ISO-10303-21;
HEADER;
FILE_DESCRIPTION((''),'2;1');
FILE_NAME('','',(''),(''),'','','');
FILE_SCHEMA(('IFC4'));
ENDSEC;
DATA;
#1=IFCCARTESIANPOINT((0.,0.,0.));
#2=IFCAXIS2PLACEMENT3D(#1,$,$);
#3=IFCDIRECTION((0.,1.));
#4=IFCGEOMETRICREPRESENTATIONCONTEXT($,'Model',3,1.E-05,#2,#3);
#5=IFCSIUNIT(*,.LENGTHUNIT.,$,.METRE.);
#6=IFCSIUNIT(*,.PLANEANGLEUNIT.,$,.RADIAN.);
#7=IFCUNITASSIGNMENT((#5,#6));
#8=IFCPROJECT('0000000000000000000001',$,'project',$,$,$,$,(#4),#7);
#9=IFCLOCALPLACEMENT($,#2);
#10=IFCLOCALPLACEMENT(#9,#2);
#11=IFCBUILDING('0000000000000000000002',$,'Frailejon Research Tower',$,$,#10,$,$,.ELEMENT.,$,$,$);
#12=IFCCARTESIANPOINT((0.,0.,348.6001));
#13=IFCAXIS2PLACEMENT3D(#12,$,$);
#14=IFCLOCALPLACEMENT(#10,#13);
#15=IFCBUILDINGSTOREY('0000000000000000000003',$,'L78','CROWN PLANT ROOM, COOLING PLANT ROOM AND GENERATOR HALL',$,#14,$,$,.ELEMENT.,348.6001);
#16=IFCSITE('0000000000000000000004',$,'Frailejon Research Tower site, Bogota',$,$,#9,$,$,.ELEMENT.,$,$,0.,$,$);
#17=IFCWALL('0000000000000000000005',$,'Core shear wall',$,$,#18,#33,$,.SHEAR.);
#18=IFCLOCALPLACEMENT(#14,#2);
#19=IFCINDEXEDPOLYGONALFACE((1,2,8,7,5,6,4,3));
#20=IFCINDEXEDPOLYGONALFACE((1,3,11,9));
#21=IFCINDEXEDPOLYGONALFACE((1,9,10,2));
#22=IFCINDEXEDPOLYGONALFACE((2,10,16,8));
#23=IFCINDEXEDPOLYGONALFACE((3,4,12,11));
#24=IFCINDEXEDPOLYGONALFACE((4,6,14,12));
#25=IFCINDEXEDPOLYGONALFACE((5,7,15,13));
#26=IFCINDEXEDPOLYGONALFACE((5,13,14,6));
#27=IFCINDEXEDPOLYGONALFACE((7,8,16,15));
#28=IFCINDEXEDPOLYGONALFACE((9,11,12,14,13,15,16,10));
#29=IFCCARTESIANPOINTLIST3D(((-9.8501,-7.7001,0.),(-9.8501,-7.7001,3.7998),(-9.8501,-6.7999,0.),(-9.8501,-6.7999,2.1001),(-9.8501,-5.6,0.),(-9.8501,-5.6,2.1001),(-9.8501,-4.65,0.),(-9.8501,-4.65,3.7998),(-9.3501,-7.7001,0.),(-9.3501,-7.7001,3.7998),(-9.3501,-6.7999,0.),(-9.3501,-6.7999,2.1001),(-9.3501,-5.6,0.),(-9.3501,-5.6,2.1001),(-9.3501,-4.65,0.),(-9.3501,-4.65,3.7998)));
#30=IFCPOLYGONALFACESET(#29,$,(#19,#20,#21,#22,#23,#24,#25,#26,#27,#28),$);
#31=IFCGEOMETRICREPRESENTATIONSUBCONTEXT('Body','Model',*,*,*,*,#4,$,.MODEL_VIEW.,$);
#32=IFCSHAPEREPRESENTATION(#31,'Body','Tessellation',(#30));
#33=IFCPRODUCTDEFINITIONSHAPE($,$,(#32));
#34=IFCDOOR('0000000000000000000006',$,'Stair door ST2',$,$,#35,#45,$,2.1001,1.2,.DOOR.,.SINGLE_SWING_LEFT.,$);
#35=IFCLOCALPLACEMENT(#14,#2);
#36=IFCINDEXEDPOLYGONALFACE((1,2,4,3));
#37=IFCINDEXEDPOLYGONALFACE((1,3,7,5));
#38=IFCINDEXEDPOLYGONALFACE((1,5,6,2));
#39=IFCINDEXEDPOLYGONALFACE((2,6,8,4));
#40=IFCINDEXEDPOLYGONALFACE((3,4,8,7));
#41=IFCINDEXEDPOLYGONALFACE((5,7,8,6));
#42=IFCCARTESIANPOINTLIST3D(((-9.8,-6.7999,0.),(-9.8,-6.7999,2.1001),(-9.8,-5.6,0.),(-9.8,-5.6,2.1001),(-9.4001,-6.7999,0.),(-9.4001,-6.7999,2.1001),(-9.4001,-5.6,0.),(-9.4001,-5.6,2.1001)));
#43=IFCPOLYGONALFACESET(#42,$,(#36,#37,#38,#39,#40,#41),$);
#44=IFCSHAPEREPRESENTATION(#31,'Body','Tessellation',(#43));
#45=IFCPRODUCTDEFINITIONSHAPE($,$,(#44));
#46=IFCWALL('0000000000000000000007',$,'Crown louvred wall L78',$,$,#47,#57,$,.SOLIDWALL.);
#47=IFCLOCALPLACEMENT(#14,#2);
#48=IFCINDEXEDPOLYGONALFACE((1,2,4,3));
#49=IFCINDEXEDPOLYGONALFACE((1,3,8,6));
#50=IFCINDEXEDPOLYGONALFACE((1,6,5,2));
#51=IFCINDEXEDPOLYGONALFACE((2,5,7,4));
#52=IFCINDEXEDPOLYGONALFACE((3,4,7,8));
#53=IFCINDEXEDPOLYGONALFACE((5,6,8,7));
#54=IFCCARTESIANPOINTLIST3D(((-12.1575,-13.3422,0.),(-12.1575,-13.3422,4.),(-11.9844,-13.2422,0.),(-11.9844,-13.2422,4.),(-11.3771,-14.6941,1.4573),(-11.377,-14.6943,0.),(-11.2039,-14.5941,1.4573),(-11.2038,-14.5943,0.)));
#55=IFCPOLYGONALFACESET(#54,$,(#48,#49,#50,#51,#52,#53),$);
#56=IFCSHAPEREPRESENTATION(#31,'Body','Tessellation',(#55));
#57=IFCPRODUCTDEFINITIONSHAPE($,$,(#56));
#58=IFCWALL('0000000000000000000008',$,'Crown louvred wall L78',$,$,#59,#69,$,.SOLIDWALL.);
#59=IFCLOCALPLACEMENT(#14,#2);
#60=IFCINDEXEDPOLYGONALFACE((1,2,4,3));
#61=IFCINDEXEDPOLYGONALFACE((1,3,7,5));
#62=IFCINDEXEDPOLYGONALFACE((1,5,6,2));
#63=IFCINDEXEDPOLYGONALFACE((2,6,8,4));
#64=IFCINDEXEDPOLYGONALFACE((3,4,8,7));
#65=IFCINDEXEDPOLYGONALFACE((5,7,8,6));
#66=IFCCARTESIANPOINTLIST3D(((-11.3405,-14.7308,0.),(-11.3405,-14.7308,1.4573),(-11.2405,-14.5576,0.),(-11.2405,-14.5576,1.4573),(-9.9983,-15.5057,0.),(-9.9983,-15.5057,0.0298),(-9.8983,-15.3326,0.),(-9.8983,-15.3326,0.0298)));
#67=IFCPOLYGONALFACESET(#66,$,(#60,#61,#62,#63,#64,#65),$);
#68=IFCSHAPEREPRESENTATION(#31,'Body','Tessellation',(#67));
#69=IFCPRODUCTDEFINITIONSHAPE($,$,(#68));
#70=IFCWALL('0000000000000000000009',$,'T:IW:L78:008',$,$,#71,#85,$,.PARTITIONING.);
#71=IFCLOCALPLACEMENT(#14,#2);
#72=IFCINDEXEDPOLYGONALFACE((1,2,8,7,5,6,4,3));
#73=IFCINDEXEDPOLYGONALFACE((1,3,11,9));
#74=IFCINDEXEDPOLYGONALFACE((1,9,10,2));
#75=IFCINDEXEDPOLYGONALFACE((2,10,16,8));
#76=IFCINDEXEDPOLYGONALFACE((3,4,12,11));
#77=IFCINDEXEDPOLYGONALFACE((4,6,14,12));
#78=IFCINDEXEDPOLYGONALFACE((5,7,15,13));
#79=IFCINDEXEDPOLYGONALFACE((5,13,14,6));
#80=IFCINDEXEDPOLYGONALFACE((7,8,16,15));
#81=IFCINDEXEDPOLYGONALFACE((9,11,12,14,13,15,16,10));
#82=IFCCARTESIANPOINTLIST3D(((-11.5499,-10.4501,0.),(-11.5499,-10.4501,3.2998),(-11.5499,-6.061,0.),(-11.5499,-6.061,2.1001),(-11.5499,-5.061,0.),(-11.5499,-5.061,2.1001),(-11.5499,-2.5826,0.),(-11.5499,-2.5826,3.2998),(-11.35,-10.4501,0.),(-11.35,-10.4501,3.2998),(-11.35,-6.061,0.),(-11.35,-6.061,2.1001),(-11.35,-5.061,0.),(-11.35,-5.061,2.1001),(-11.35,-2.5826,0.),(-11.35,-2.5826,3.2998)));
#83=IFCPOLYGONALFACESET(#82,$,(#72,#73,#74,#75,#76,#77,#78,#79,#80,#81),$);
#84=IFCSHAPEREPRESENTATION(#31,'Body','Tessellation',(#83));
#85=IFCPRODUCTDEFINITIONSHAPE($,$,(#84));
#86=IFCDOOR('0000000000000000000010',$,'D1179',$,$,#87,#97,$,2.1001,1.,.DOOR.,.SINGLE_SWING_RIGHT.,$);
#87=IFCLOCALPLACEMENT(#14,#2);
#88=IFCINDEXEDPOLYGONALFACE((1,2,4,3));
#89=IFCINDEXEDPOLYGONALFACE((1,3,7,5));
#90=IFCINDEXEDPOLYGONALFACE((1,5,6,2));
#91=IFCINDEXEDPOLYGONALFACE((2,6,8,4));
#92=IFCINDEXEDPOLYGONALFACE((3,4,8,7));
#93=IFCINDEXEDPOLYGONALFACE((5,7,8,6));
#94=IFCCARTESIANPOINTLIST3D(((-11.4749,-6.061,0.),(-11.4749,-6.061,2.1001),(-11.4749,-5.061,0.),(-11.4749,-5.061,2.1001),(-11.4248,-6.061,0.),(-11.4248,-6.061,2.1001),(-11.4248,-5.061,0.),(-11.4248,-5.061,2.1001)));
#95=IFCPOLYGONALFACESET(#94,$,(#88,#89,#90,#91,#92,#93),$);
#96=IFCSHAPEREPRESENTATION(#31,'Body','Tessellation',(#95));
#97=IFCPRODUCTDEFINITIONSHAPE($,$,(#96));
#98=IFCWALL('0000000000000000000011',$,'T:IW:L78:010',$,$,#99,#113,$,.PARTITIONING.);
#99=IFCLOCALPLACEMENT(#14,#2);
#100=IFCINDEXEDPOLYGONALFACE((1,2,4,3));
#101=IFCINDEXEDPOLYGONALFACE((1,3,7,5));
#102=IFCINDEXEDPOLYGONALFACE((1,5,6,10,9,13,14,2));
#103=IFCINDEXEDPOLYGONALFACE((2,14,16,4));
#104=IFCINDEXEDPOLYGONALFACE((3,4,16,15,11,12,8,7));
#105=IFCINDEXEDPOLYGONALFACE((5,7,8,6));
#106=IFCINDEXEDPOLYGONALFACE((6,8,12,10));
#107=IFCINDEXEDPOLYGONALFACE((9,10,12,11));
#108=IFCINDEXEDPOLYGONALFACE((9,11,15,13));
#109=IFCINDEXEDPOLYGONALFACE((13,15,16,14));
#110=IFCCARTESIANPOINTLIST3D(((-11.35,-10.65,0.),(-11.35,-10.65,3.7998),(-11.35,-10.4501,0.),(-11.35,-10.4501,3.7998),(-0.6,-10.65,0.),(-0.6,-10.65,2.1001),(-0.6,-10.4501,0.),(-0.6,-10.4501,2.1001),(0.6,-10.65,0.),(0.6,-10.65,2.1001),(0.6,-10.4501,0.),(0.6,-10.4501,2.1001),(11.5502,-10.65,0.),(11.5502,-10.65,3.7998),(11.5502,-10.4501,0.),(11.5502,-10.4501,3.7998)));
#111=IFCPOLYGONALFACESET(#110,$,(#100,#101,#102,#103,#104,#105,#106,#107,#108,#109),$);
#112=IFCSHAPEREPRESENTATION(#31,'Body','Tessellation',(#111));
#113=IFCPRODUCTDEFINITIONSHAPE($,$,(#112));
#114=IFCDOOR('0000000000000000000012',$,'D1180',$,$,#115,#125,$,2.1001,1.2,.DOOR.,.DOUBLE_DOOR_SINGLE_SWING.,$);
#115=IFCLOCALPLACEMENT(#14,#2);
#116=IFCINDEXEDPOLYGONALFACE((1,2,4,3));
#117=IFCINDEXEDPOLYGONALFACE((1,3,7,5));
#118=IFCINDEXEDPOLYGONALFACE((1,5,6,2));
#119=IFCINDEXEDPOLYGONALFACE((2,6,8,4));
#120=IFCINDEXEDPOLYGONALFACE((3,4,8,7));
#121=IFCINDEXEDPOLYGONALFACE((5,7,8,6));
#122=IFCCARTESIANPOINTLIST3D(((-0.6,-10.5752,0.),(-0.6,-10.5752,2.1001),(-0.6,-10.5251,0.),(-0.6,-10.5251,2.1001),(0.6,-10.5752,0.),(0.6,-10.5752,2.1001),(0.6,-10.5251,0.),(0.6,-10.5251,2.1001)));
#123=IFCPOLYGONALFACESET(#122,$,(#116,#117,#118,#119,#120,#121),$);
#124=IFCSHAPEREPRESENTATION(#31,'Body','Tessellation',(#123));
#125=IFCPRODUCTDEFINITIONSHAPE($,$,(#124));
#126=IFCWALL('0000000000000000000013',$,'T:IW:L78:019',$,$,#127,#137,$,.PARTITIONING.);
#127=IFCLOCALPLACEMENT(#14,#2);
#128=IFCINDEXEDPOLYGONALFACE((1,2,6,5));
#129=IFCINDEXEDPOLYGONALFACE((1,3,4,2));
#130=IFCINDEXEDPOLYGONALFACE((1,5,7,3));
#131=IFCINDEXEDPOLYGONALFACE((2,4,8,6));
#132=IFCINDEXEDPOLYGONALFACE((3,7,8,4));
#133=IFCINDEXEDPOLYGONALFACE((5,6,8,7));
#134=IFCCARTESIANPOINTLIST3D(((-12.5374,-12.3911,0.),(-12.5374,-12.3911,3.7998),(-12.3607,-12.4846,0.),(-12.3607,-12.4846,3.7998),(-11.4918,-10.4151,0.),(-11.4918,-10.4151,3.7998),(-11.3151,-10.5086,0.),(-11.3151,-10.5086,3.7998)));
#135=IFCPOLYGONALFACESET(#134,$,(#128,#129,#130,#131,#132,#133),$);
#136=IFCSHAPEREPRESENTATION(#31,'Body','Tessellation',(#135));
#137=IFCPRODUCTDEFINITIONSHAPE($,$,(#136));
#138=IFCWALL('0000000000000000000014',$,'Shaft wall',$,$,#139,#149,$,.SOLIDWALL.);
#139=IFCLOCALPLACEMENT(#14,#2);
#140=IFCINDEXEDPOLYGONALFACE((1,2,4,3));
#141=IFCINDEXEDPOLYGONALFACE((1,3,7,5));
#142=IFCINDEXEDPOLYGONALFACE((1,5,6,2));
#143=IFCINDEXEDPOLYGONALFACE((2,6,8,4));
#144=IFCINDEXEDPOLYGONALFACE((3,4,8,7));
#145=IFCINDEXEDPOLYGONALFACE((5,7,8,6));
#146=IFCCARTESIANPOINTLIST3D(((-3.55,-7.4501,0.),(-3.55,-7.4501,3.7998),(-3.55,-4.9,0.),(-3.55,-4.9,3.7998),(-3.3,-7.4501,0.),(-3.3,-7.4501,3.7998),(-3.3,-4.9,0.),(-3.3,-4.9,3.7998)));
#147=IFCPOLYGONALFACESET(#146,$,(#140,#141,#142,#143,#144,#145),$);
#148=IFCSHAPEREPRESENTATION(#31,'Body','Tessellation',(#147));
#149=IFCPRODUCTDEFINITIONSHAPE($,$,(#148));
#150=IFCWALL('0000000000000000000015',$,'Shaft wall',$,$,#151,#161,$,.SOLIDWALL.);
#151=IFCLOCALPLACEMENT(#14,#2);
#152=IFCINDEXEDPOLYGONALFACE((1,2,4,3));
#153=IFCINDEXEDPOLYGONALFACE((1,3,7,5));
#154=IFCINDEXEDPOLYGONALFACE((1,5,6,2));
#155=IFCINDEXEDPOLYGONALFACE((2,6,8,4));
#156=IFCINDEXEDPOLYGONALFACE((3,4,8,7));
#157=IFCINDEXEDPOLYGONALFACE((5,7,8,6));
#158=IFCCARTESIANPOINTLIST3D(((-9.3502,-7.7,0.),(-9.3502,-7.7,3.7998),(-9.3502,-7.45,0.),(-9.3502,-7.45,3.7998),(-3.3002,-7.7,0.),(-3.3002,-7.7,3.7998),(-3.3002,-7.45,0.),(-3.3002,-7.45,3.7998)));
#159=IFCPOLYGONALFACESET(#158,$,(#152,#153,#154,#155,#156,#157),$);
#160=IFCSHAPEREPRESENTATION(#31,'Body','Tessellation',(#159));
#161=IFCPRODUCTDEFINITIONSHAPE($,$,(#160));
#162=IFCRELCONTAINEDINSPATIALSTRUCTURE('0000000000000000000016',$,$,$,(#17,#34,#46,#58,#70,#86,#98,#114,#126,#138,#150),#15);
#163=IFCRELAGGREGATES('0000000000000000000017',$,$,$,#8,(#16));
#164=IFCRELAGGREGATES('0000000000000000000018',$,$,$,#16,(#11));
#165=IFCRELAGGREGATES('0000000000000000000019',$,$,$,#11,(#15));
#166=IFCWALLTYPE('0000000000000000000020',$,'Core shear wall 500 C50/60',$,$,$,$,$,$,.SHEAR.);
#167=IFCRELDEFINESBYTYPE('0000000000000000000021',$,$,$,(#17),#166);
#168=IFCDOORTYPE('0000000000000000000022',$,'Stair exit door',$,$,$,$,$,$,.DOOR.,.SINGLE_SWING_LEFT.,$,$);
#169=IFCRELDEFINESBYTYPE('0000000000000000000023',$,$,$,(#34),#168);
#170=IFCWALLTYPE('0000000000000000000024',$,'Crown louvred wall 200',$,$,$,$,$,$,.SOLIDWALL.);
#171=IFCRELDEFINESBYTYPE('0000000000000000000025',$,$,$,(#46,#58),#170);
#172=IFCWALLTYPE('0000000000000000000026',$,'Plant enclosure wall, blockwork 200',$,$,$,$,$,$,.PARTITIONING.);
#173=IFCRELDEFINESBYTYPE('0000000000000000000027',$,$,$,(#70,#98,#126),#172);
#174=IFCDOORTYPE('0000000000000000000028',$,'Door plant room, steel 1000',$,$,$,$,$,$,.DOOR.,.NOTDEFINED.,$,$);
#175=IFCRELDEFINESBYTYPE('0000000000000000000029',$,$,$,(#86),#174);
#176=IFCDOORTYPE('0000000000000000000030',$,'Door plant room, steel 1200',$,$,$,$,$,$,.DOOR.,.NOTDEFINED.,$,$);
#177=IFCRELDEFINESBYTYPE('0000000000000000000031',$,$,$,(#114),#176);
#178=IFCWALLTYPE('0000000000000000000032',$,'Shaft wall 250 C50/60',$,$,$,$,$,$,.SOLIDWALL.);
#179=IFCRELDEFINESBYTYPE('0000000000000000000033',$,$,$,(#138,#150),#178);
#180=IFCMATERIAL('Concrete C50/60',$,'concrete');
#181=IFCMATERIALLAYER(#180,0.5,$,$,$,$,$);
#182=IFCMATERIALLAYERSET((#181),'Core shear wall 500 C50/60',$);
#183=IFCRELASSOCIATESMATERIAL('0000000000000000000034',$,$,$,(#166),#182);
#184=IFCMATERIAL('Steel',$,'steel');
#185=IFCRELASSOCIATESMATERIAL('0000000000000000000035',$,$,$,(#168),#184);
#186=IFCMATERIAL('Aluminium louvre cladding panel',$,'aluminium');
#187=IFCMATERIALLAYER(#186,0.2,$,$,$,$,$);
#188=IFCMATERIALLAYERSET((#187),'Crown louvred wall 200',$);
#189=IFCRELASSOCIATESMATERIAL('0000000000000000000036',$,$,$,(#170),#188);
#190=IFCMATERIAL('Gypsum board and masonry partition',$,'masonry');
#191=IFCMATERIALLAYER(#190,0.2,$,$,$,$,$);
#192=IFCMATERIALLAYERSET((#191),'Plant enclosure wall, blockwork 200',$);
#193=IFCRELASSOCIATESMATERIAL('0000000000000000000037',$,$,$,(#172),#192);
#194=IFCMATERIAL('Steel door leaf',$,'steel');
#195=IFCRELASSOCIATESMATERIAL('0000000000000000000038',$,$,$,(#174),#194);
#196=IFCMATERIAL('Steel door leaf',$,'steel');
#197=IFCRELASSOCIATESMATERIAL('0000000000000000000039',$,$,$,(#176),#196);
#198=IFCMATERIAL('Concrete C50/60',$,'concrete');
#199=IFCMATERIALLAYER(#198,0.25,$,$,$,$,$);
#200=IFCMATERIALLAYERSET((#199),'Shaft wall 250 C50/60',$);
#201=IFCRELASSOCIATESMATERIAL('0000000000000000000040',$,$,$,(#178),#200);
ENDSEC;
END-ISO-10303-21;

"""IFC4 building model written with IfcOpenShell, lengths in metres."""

from ifc_helpers import new_model, si_unit, direction, frame, frame_2d, origin, place, context, subcontext, project, spatial, polyline, rectangle, outline, extrude, material, layer, layer_set, type_object, element, fill, save


model = new_model("IFC4")

# Units and contexts
model_context = context("Model", 3, precision=1e-05, world=origin(), true_north=direction((0.0, 1.0)))
body_context = subcontext(model_context, "Body", "Model", "MODEL_VIEW")
ifc_project = project(units=[si_unit("LENGTHUNIT", "METRE"), si_unit("PLANEANGLEUNIT", "RADIAN")], contexts=[model_context])

# Site, building, storey
site_placement = place(None, origin())
site = spatial("IfcSite", under=ifc_project, at=site_placement, Name="Frailejon Research Tower site, Bogota", CompositionType="ELEMENT", RefElevation=0.0)
building_placement = place(site_placement, origin())
building = spatial("IfcBuilding", under=site, at=building_placement, Name="Frailejon Research Tower", CompositionType="ELEMENT")
storey_placement = place(building_placement, frame((0.0, 0.0, 348.6001)))
storey = spatial("IfcBuildingStorey", under=building, at=storey_placement, Name="L78", Description="CROWN PLANT ROOM, COOLING PLANT ROOM AND GENERATOR HALL", CompositionType="ELEMENT", Elevation=348.6001)

# Wall, opening, door
ifc_material_1 = material(Name="Concrete C50/60", Category="concrete")
ifc_layer_1 = layer(ifc_material_1, 0.5)
ifc_layer_set_1 = layer_set([ifc_layer_1], Name="Core shear wall 500 C50/60")
wall_type_1 = type_object("IfcWallType", Name="Core shear wall 500 C50/60", PredefinedType="SHEAR", material=ifc_layer_set_1)
wall_1_placement = place(storey_placement, frame((-9.6001, -7.7, 0.0), z_axis=(0.0, 0.0, 1.0), x_axis=(0.0, 1.0, 0.0)))
wall_1 = element("IfcWall", 1, at=wall_1_placement, inside=storey, type_object=wall_type_1, Name="Core shear wall", PredefinedType="SHEAR", context=body_context, shape_type="SweptSolid", body=[
    extrude(rectangle(XDim=3.05, YDim=0.5, at=frame_2d((1.5249, 0.0))), origin(), (0.0, 0.0, 1.0), 3.7998),
])
opening_1_placement = place(wall_1_placement, frame((0.8999, 0.0, 0.0)))
opening_1 = element("IfcOpeningElement", 2, at=opening_1_placement, cuts=wall_1, PredefinedType="OPENING", context=body_context, shape_type="SweptSolid", body=[
    extrude(rectangle(XDim=1.2, YDim=2.1001, at=frame_2d((0.6001, 1.05))), frame((0.0, 0.26, 0.0), z_axis=(0.0, -1.0, 0.0), x_axis=(1.0, 0.0, 0.0)), (0.0, 0.0, 1.0), 0.52),
])
ifc_material_2 = material(Name="Steel", Category="steel")
door_type_1 = type_object("IfcDoorType", Name="Stair exit door", OperationType="SINGLE_SWING_LEFT", PredefinedType="DOOR", material=ifc_material_2)
door_1_placement = place(opening_1_placement, origin())
door_1 = element("IfcDoor", 3, at=door_1_placement, inside=storey, type_object=door_type_1, Name="Stair door ST2", OperationType="SINGLE_SWING_LEFT", OverallHeight=2.1001, OverallWidth=1.2, PredefinedType="DOOR", context=body_context, shape_type="SweptSolid", body=[
    extrude(rectangle(XDim=1.2, YDim=2.1001, at=frame_2d((0.6001, 1.05))), frame((0.0, 0.2, 0.0), z_axis=(0.0, -1.0, 0.0), x_axis=(1.0, 0.0, 0.0)), (0.0, 0.0, 1.0), 0.3999),
])
fill(opening_1, door_1)

# Walls
ifc_material_3 = material(Name="Aluminium louvre cladding panel", Category="aluminium")
ifc_layer_2 = layer(ifc_material_3, 0.2)
ifc_layer_set_2 = layer_set([ifc_layer_2], Name="Crown louvred wall 200")
wall_type_2 = type_object("IfcWallType", Name="Crown louvred wall 200", PredefinedType="SOLIDWALL", material=ifc_layer_set_2)
wall_2_placement = place(storey_placement, frame((-12.071, -13.2922, 0.0), z_axis=(0.0, 0.0, 1.0), x_axis=(0.499957, -0.86605, 0.0)))
element("IfcWall", 4, at=wall_2_placement, inside=storey, type_object=wall_type_2, Name="Crown louvred wall L78", PredefinedType="SOLIDWALL", context=body_context, shape_type="SweptSolid", body=[
    extrude(outline(polyline([(0.0, 0.0), (1.5613, 0.0), (1.561, 1.4573), (0.0, 4.0), (0.0, 0.0)])), frame((0.0, 0.1001, 0.0), z_axis=(0.0, -1.0, 0.0), x_axis=(1.0, 0.0, 0.0)), (0.0, 0.0, 1.0), 0.2),
])
wall_3_placement = place(storey_placement, frame((-11.2905, -14.6443, 0.0), z_axis=(0.0, 0.0, 1.0), x_axis=(0.866005, -0.500036, 0.0)))
element("IfcWall", 5, at=wall_3_placement, inside=storey, type_object=wall_type_2, Name="Crown louvred wall L78", PredefinedType="SOLIDWALL", context=body_context, shape_type="SweptSolid", body=[
    extrude(outline(polyline([(0.0, 0.0), (1.5498, 0.0), (1.5498, 0.0298), (0.0, 1.4573), (0.0, 0.0)])), frame((0.0, 0.1001, 0.0), z_axis=(0.0, -1.0, 0.0), x_axis=(1.0, 0.0, 0.0)), (0.0, 0.0, 1.0), 0.2),
])

# Walls, openings, doors
ifc_material_4 = material(Name="Gypsum board and masonry partition", Category="masonry")
ifc_layer_3 = layer(ifc_material_4, 0.2)
ifc_layer_set_3 = layer_set([ifc_layer_3], Name="Plant enclosure wall, blockwork 200")
wall_type_3 = type_object("IfcWallType", Name="Plant enclosure wall, blockwork 200", PredefinedType="PARTITIONING", material=ifc_layer_set_3)
wall_4_placement = place(storey_placement, frame((-11.45, -10.45, 0.0), z_axis=(0.0, 0.0, 1.0), x_axis=(0.0, 1.0, 0.0)))
wall_4 = element("IfcWall", 6, at=wall_4_placement, inside=storey, type_object=wall_type_3, Name="T:IW:L78:008", PredefinedType="PARTITIONING", context=body_context, shape_type="SweptSolid", body=[
    extrude(rectangle(XDim=7.8674, YDim=0.2, at=frame_2d((3.9336, 0.0))), origin(), (0.0, 0.0, 1.0), 3.2998),
])
opening_2_placement = place(wall_4_placement, frame((4.3889, 0.0, 0.0)))
opening_2 = element("IfcOpeningElement", 7, at=opening_2_placement, cuts=wall_4, PredefinedType="OPENING", context=body_context, shape_type="SweptSolid", body=[
    extrude(rectangle(XDim=1.0, YDim=2.1001, at=frame_2d((0.5, 1.05))), frame((0.0, 0.1099, 0.0), z_axis=(0.0, -1.0, 0.0), x_axis=(1.0, 0.0, 0.0)), (0.0, 0.0, 1.0), 0.22),
])
ifc_material_5 = material(Name="Steel door leaf", Category="steel")
door_type_2 = type_object("IfcDoorType", Name="Door plant room, steel 1000", OperationType="NOTDEFINED", PredefinedType="DOOR", material=ifc_material_5)
door_2_placement = place(opening_2_placement, origin())
door_2 = element("IfcDoor", 8, at=door_2_placement, inside=storey, type_object=door_type_2, Name="D1179", OperationType="SINGLE_SWING_RIGHT", OverallHeight=2.1001, OverallWidth=1.0, PredefinedType="DOOR", context=body_context, shape_type="SweptSolid", body=[
    extrude(rectangle(XDim=1.0, YDim=2.1001, at=frame_2d((0.5, 1.05))), frame((0.0, 0.0249, 0.0), z_axis=(0.0, -1.0, 0.0), x_axis=(1.0, 0.0, 0.0)), (0.0, 0.0, 1.0), 0.05),
])
fill(opening_2, door_2)
wall_5_placement = place(storey_placement, frame((-11.3501, -10.55, 0.0), z_axis=(0.0, 0.0, 1.0), x_axis=(1.0, 0.0, 0.0)))
wall_5 = element("IfcWall", 9, at=wall_5_placement, inside=storey, type_object=wall_type_3, Name="T:IW:L78:010", PredefinedType="PARTITIONING", context=body_context, shape_type="SweptSolid", body=[
    extrude(rectangle(XDim=22.9001, YDim=0.2, at=frame_2d((11.4502, 0.0))), origin(), (0.0, 0.0, 1.0), 3.7998),
])
opening_3_placement = place(wall_5_placement, frame((10.75, 0.0, 0.0)))
opening_3 = element("IfcOpeningElement", 10, at=opening_3_placement, cuts=wall_5, PredefinedType="OPENING", context=body_context, shape_type="SweptSolid", body=[
    extrude(rectangle(XDim=1.2, YDim=2.1001, at=frame_2d((0.6001, 1.05))), frame((0.0, 0.1099, 0.0), z_axis=(0.0, -1.0, 0.0), x_axis=(1.0, 0.0, 0.0)), (0.0, 0.0, 1.0), 0.22),
])
ifc_material_6 = material(Name="Steel door leaf", Category="steel")
door_type_3 = type_object("IfcDoorType", Name="Door plant room, steel 1200", OperationType="NOTDEFINED", PredefinedType="DOOR", material=ifc_material_6)
door_3_placement = place(opening_3_placement, origin())
door_3 = element("IfcDoor", 11, at=door_3_placement, inside=storey, type_object=door_type_3, Name="D1180", OperationType="DOUBLE_DOOR_SINGLE_SWING", OverallHeight=2.1001, OverallWidth=1.2, PredefinedType="DOOR", context=body_context, shape_type="SweptSolid", body=[
    extrude(rectangle(XDim=1.2, YDim=2.1001, at=frame_2d((0.6001, 1.05))), frame((0.0, 0.0249, 0.0), z_axis=(0.0, -1.0, 0.0), x_axis=(1.0, 0.0, 0.0)), (0.0, 0.0, 1.0), 0.05),
])
fill(opening_3, door_3)

# Walls
wall_6_placement = place(storey_placement, frame((-12.449, -12.4377, 0.0), z_axis=(0.0, 0.0, 1.0), x_axis=(0.467712, 0.883881, 0.0)))
element("IfcWall", 12, at=wall_6_placement, inside=storey, type_object=wall_type_3, Name="T:IW:L78:019", PredefinedType="PARTITIONING", context=body_context, shape_type="SweptSolid", body=[
    extrude(rectangle(XDim=2.2356, YDim=0.2, at=frame_2d((1.1177, 0.0))), origin(), (0.0, 0.0, 1.0), 3.7998),
])
ifc_material_7 = material(Name="Concrete C50/60", Category="concrete")
ifc_layer_4 = layer(ifc_material_7, 0.25)
ifc_layer_set_4 = layer_set([ifc_layer_4], Name="Shaft wall 250 C50/60")
wall_type_4 = type_object("IfcWallType", Name="Shaft wall 250 C50/60", PredefinedType="SOLIDWALL", material=ifc_layer_set_4)
wall_7_placement = place(storey_placement, frame((-3.425, -7.45, 0.0), z_axis=(0.0, 0.0, 1.0), x_axis=(0.0, 1.0, 0.0)))
element("IfcWall", 13, at=wall_7_placement, inside=storey, type_object=wall_type_4, Name="Shaft wall", PredefinedType="SOLIDWALL", context=body_context, shape_type="SweptSolid", body=[
    extrude(rectangle(XDim=2.55, YDim=0.25, at=frame_2d((1.2749, 0.0))), origin(), (0.0, 0.0, 1.0), 3.7998),
])
wall_8_placement = place(storey_placement, frame((-9.3501, -7.575, 0.0), z_axis=(0.0, 0.0, 1.0), x_axis=(1.0, 0.0, 0.0)))
element("IfcWall", 14, at=wall_8_placement, inside=storey, type_object=wall_type_4, Name="Shaft wall", PredefinedType="SOLIDWALL", context=body_context, shape_type="SweptSolid", body=[
    extrude(rectangle(XDim=6.05, YDim=0.25, at=frame_2d((3.0249, 0.0))), origin(), (0.0, 0.0, 1.0), 3.7998),
])

save(model, "model.ifc")
